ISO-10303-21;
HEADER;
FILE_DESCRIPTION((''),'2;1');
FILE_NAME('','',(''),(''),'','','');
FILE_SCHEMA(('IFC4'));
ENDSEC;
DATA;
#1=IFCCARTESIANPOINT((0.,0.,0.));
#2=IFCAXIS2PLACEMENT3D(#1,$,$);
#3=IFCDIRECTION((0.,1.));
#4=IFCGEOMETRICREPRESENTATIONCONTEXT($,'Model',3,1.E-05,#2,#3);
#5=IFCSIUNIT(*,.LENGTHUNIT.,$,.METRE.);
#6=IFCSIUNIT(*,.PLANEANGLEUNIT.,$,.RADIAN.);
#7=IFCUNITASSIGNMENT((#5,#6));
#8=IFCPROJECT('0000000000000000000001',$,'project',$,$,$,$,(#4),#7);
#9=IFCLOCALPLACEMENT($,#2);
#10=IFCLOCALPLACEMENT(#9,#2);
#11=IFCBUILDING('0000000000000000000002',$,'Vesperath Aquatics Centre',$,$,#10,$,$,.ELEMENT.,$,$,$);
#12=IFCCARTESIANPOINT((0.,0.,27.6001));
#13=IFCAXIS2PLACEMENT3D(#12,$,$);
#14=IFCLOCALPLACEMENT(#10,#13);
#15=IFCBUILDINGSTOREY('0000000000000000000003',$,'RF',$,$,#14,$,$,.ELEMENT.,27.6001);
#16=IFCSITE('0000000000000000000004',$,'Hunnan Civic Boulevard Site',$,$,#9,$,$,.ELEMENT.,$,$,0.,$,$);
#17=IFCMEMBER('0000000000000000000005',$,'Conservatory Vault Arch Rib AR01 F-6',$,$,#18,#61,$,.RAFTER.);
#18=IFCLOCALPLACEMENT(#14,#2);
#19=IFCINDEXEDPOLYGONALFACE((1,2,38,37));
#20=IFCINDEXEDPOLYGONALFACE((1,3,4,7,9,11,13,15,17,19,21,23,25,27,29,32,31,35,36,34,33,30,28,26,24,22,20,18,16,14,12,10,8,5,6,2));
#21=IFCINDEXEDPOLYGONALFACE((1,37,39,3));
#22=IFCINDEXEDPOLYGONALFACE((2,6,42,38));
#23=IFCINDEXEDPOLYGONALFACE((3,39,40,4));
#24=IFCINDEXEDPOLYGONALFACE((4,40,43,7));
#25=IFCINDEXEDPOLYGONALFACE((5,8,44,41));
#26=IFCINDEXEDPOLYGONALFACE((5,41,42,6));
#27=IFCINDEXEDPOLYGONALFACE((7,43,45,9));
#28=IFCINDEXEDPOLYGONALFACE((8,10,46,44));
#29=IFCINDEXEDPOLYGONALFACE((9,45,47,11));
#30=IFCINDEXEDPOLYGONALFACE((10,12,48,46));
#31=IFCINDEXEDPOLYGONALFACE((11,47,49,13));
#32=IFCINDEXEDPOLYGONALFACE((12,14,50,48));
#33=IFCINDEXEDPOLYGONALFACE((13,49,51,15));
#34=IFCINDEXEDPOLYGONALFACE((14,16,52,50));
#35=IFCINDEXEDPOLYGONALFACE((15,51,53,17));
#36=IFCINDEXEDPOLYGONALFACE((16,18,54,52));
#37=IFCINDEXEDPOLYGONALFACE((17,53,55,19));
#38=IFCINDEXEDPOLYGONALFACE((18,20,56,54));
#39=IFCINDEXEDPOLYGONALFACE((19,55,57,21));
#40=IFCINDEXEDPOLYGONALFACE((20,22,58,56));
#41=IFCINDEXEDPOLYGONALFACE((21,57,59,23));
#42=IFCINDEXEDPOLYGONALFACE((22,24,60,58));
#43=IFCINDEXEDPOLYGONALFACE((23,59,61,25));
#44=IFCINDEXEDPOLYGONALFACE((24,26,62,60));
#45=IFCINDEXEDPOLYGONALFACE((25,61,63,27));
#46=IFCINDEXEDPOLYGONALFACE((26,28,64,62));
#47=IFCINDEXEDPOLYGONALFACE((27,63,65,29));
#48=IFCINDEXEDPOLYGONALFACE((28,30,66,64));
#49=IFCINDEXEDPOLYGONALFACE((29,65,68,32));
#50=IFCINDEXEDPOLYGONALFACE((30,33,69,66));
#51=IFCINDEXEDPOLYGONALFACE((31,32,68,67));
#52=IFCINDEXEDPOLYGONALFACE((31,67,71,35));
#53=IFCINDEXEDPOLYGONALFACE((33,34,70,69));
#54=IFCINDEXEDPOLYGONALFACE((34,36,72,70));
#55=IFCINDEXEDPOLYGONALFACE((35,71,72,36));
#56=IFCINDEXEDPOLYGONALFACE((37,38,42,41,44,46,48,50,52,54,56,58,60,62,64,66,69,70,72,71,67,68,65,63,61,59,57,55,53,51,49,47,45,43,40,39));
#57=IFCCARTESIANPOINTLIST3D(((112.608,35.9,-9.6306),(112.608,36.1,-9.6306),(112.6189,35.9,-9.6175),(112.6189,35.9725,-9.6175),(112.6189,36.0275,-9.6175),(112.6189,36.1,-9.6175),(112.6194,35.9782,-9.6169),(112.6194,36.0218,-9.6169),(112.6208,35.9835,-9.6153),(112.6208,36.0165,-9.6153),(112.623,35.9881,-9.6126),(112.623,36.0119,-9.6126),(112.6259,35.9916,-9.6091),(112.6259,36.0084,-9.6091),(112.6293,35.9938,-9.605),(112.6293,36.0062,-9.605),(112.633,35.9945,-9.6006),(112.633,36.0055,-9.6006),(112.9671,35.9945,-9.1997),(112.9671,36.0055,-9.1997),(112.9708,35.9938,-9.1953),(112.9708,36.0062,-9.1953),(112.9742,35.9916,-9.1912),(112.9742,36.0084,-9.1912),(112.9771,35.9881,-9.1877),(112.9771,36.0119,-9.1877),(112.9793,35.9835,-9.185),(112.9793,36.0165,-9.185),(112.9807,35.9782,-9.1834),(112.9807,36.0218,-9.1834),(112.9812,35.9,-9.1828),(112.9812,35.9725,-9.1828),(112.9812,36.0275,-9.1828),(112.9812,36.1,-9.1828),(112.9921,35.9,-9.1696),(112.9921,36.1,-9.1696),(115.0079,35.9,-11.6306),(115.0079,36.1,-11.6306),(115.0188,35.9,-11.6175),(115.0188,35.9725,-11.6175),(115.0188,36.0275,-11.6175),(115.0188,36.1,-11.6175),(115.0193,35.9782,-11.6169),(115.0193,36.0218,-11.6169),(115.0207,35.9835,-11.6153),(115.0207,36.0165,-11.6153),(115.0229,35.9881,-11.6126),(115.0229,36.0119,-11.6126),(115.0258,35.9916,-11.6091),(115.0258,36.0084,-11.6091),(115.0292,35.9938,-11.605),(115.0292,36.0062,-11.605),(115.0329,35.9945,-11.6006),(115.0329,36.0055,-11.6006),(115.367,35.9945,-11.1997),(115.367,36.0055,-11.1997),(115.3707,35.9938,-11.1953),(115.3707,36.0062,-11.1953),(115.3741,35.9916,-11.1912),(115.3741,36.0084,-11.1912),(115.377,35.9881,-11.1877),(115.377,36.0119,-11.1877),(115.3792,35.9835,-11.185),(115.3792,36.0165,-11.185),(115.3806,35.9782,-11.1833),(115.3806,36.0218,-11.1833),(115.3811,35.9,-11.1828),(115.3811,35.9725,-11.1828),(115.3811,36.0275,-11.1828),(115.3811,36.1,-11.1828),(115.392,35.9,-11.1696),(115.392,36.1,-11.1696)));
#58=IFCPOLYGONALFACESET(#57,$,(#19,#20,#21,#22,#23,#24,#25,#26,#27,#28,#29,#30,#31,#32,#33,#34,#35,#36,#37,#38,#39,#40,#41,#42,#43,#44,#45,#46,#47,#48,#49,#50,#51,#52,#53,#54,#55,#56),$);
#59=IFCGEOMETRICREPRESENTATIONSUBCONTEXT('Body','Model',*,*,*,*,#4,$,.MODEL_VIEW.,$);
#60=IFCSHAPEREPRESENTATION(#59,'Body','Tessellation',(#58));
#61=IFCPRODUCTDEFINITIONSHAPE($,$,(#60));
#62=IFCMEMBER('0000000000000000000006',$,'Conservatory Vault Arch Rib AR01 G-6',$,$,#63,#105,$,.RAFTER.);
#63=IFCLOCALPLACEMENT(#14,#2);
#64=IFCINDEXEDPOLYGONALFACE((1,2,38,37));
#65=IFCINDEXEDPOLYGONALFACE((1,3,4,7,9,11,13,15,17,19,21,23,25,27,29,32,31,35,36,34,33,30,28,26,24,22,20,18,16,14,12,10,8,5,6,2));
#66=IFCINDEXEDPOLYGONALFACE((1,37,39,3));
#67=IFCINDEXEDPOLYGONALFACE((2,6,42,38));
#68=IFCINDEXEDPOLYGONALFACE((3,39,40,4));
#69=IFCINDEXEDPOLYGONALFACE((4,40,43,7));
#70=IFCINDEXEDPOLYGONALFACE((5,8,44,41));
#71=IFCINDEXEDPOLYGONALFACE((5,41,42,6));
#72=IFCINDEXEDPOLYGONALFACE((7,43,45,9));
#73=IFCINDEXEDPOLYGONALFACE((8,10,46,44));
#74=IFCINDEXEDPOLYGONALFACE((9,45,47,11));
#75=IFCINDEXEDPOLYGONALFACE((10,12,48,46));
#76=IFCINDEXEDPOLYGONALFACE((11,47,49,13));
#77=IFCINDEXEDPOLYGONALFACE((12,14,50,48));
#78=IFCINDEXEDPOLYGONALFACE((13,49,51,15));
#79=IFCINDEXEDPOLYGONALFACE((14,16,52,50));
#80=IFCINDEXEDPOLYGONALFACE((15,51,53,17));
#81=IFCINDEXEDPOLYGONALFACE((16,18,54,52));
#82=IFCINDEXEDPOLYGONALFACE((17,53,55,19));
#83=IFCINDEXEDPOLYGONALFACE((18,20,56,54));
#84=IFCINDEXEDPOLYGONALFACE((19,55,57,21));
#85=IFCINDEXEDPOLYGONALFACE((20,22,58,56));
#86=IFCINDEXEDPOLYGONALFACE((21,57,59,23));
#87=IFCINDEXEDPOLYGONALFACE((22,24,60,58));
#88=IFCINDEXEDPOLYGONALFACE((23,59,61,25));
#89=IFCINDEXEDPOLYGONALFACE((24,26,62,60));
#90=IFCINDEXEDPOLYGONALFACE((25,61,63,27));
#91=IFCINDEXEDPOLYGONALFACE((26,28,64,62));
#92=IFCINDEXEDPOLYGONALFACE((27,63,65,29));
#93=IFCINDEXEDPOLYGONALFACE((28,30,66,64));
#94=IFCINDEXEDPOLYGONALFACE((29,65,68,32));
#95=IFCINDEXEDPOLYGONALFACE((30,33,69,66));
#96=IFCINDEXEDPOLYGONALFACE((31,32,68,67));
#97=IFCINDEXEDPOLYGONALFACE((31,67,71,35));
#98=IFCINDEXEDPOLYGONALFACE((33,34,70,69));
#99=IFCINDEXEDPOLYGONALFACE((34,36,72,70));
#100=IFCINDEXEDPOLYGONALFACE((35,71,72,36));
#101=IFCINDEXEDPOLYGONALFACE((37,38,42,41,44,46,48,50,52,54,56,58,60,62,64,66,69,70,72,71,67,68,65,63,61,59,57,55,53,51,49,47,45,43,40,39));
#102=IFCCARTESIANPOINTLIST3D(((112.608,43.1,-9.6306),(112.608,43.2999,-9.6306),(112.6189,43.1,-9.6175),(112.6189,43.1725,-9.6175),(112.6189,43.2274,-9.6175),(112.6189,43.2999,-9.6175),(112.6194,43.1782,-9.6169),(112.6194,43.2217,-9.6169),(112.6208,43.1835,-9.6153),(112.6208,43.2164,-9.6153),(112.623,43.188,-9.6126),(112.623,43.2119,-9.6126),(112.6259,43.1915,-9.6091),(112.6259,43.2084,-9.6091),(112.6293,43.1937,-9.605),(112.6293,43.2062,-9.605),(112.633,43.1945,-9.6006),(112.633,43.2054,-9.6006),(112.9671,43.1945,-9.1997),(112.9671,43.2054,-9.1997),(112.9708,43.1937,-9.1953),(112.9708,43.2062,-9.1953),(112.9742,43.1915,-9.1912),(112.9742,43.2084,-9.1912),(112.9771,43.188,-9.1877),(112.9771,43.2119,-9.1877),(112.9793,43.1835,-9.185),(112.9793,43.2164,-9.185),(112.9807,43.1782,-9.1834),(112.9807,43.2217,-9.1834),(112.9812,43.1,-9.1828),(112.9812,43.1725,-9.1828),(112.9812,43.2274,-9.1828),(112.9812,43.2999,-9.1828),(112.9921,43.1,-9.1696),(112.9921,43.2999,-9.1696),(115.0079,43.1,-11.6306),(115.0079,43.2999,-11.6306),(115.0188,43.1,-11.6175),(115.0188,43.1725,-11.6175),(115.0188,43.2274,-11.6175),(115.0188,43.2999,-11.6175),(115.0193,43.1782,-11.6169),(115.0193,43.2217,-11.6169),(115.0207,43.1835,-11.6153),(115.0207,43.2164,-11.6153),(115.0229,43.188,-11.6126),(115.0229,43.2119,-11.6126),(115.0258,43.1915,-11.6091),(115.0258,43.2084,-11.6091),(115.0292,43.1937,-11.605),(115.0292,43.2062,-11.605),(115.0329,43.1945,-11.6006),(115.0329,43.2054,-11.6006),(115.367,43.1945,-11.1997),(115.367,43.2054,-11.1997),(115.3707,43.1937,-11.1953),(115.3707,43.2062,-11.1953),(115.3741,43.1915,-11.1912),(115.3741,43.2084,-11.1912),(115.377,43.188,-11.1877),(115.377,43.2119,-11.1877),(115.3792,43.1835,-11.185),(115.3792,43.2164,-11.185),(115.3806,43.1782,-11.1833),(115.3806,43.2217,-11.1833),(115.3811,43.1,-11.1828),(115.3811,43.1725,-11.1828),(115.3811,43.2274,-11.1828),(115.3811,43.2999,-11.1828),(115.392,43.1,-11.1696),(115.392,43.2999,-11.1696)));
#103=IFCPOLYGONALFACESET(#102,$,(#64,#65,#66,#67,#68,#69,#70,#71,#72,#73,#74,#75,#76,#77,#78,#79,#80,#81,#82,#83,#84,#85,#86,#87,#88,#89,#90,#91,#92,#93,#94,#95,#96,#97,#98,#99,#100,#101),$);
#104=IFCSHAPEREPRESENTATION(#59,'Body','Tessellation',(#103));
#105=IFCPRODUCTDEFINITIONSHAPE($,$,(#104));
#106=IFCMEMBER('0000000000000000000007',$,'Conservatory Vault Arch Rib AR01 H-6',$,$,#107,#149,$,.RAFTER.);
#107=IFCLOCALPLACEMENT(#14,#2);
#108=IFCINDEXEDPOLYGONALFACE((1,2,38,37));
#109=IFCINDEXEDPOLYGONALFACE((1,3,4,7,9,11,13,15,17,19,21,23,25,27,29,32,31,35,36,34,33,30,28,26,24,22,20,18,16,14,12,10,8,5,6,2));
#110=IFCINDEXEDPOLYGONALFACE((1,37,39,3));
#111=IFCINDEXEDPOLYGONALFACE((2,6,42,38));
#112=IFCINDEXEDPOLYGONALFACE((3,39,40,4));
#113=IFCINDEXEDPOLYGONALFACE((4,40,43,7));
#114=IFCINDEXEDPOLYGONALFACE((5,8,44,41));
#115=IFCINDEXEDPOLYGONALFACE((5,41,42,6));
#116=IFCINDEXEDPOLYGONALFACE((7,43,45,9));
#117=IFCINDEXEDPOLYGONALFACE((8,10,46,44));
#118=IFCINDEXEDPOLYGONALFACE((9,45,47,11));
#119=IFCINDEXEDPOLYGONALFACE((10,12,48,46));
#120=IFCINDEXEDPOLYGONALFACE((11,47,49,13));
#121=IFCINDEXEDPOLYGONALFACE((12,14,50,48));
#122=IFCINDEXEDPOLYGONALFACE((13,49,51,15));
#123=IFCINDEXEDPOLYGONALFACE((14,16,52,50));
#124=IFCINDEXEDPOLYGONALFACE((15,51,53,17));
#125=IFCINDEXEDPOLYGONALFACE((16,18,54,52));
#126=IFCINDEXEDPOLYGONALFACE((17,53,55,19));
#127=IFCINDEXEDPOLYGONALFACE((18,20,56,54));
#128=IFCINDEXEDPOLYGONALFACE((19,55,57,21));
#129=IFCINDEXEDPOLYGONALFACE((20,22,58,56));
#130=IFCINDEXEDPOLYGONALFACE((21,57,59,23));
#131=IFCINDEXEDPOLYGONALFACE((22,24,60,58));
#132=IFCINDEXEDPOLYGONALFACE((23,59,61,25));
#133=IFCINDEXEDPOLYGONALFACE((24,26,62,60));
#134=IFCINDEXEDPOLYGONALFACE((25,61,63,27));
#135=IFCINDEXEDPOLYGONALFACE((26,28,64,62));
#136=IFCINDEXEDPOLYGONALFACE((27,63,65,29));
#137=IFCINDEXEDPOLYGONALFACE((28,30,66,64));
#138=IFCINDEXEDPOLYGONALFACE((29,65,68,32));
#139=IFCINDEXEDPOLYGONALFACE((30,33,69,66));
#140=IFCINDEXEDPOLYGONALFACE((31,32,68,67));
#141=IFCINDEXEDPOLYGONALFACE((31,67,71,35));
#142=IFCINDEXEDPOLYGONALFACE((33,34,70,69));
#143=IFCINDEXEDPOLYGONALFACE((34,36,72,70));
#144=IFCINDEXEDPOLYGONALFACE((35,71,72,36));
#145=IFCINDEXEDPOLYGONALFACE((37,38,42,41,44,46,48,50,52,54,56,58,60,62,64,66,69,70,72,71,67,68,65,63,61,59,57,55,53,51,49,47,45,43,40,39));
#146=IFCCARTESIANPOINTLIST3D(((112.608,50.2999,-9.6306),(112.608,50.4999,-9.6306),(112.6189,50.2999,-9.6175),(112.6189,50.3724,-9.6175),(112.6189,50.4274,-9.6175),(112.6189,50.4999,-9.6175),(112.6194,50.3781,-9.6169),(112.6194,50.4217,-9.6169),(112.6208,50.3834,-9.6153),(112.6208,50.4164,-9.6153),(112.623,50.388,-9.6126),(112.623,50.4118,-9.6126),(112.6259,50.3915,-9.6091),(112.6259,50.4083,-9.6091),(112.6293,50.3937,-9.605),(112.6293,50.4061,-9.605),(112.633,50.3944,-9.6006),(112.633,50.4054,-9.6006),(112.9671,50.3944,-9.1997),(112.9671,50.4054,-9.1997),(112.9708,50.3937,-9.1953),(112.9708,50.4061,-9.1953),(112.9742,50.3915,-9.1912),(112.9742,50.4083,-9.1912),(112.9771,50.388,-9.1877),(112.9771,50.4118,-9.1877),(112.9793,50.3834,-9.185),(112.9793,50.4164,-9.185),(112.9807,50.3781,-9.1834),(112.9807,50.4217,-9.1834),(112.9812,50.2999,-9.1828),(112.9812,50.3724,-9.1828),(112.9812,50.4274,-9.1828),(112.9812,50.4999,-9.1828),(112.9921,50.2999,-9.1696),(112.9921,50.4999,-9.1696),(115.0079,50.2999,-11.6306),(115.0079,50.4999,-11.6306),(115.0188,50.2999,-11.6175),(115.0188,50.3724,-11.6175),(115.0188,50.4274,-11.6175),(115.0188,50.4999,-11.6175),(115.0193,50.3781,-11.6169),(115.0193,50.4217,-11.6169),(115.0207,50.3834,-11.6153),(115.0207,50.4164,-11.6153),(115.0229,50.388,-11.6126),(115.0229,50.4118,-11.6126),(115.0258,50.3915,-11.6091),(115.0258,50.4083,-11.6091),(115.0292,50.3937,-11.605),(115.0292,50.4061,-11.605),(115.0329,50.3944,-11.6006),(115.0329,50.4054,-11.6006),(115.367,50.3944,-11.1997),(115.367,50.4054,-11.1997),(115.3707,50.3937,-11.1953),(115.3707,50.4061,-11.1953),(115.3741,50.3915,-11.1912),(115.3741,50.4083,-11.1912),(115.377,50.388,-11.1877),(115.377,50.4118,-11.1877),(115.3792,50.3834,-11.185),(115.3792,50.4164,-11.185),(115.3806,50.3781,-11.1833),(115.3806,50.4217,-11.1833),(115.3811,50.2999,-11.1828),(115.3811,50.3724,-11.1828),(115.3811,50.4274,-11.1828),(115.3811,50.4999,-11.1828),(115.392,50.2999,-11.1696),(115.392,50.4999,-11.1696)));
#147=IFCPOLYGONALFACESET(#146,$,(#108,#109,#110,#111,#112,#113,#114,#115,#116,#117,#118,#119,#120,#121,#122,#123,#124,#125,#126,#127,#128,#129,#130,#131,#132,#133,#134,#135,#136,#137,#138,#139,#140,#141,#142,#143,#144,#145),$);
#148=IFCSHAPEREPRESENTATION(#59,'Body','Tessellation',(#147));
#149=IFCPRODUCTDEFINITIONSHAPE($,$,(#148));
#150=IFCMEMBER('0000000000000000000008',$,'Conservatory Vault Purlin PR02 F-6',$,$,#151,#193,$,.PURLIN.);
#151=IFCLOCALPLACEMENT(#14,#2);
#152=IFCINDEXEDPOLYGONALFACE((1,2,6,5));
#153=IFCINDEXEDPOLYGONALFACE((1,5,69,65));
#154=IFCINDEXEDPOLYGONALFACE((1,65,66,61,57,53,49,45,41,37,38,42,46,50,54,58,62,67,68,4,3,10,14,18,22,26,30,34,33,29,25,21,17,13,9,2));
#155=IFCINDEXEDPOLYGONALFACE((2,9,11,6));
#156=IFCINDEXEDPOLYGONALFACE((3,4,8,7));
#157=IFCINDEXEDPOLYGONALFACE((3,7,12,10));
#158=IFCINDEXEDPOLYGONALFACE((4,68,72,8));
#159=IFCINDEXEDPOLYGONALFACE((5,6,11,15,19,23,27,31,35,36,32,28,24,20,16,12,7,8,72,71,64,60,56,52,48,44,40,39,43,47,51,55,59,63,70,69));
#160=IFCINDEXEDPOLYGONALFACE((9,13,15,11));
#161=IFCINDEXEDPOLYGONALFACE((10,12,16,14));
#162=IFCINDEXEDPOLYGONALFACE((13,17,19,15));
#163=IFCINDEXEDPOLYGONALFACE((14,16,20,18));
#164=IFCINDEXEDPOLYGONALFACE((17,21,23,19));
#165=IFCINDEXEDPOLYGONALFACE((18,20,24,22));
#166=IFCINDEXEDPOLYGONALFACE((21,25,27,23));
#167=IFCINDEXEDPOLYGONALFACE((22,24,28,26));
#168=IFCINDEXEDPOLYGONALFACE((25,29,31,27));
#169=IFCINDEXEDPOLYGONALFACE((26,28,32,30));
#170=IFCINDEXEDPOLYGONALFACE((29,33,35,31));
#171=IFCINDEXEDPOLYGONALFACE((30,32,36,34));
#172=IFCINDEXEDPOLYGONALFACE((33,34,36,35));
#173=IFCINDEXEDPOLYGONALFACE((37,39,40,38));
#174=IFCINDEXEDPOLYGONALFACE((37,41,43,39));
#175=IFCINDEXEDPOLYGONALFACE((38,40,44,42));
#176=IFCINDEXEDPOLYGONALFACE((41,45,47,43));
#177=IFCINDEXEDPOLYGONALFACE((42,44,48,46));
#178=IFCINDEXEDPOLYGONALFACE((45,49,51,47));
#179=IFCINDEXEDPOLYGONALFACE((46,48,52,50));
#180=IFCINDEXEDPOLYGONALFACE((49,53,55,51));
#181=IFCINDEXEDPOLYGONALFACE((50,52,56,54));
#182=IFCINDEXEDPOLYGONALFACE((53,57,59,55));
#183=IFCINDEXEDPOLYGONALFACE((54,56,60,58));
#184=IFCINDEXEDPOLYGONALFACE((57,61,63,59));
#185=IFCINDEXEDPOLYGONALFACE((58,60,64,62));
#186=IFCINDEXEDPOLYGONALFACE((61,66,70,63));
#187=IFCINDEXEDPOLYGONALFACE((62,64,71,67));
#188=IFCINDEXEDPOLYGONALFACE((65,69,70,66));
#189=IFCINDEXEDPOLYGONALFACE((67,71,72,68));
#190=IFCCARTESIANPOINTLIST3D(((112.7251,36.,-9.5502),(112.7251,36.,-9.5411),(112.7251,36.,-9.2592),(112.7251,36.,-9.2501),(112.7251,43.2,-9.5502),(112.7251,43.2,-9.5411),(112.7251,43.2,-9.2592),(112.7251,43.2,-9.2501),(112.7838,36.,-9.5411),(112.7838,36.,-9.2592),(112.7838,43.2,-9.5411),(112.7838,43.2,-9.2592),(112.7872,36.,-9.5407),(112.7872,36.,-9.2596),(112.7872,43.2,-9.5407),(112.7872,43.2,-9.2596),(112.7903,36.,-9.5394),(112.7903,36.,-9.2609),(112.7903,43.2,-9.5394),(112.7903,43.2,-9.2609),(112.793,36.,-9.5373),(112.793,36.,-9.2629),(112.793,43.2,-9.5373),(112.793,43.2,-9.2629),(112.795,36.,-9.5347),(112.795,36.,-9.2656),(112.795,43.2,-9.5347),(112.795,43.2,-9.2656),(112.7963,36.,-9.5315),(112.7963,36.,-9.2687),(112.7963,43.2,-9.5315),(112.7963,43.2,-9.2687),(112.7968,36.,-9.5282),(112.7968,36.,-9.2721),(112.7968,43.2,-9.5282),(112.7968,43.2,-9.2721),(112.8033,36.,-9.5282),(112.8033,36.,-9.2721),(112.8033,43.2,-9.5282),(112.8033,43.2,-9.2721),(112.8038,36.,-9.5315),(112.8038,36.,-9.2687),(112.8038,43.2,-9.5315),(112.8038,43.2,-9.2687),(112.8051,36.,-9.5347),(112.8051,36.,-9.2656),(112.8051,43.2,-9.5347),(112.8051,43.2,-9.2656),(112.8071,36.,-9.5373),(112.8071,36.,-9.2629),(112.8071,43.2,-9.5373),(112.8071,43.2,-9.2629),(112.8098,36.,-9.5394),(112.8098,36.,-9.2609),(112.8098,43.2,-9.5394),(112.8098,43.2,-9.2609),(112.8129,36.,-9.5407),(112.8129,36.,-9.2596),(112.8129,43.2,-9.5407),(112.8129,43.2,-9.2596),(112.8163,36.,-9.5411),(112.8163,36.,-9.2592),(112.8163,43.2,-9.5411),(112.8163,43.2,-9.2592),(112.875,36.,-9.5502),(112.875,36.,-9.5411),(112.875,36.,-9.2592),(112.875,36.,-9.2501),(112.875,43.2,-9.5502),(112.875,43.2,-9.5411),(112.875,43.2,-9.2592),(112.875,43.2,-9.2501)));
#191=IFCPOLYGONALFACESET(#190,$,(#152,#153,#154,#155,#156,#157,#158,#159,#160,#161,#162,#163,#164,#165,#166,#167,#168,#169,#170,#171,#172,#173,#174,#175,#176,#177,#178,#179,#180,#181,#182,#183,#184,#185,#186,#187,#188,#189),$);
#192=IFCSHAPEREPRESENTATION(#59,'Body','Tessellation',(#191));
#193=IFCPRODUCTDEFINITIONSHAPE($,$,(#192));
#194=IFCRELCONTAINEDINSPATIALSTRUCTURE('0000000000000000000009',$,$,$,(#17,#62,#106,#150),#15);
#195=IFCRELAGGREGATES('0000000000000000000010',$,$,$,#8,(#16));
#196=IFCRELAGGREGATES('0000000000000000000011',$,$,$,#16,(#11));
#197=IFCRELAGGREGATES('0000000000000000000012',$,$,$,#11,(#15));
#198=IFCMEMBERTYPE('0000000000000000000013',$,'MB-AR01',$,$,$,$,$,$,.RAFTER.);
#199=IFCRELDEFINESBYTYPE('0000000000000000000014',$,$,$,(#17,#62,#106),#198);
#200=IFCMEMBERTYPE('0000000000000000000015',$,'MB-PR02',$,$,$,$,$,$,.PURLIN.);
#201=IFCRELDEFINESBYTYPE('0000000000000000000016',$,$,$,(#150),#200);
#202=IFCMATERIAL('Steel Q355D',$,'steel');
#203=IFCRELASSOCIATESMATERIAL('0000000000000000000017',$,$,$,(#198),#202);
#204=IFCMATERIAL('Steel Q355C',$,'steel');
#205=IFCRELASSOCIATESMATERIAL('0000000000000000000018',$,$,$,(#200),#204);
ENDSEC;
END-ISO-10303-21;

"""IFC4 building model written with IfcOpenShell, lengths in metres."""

from ifc_helpers import new_model, si_unit, direction, frame, origin, origin_2d, place, context, subcontext, project, spatial, i_section, extrude, material, material_profile, profile_set, type_object, element, save


model = new_model("IFC4")

# Units and contexts
model_context = context("Model", 3, precision=1e-05, world=origin(), true_north=direction((0.0, 1.0)))
body_context = subcontext(model_context, "Body", "Model", "MODEL_VIEW")
ifc_project = project(units=[si_unit("LENGTHUNIT", "METRE"), si_unit("PLANEANGLEUNIT", "RADIAN")], contexts=[model_context])

# Site, building, storey
site_placement = place(None, origin())
site = spatial("IfcSite", under=ifc_project, at=site_placement, Name="Hunnan Civic Boulevard Site", CompositionType="ELEMENT", RefElevation=0.0)
building_placement = place(site_placement, origin())
building = spatial("IfcBuilding", under=site, at=building_placement, Name="Vesperath Aquatics Centre", CompositionType="ELEMENT")
storey_placement = place(building_placement, frame((0.0, 0.0, 27.6001)))
storey = spatial("IfcBuildingStorey", under=building, at=storey_placement, Name="RF", CompositionType="ELEMENT", Elevation=27.6001)

# Members
ifc_material_1 = material(Name="Steel Q355D", Category="steel")
ifc_material_profile_1 = material_profile(ifc_material_1, i_section(OverallWidth=0.2, OverallDepth=0.6001, WebThickness=0.011, FlangeThickness=0.0171, FilletRadius=0.022, at=origin_2d()), Name="HN 600x200x11x17")
ifc_profile_set_1 = profile_set([ifc_material_profile_1], Name="Steel Q355D")
member_type_1 = type_object("IfcMemberType", Name="MB-AR01", PredefinedType="RAFTER", material=ifc_profile_set_1)
for number, where, z_axis, x_axis, name in (
    (1, (112.8, 36.0, -9.4001), (0.768208, 0.0, -0.6402), (0.0, 1.0, 0.0), "Conservatory Vault Arch Rib AR01 F-6"),
    (2, (112.8, 43.2, -9.4001), (0.768208, 0.0, -0.6402), (0.0, 1.0, 0.0), "Conservatory Vault Arch Rib AR01 G-6"),
    (3, (112.8, 50.3999, -9.4001), (0.768208, 0.0, -0.6402), (0.0, 1.0, 0.0), "Conservatory Vault Arch Rib AR01 H-6"),
):
    element("IfcMember", number, at=place(storey_placement, frame(where, z_axis=z_axis, x_axis=x_axis)), inside=storey, type_object=member_type_1, Name=name, PredefinedType="RAFTER", context=body_context, shape_type="SweptSolid", body=[
        extrude(i_section(OverallWidth=0.2, OverallDepth=0.6001, WebThickness=0.011, FlangeThickness=0.0171, FilletRadius=0.022, at=origin_2d()), origin(), (0.0, 0.0, 1.0), 3.124),
    ])
ifc_material_2 = material(Name="Steel Q355C", Category="steel")
ifc_material_profile_2 = material_profile(ifc_material_2, i_section(OverallWidth=0.1499, OverallDepth=0.3, WebThickness=0.0066, FlangeThickness=0.009, FilletRadius=0.0129, at=origin_2d()), Name="HN 300x150x6.5x9")
ifc_profile_set_2 = profile_set([ifc_material_profile_2], Name="Steel Q355C")
member_type_2 = type_object("IfcMemberType", Name="MB-PR02", PredefinedType="PURLIN", material=ifc_profile_set_2)
for number, where, z_axis, x_axis, name in (
    (4, (112.8, 36.0, -9.4001), (0.0, 1.0, 0.0), (-1.0, 0.0, 0.0), "Conservatory Vault Purlin PR02 F-6"),
):
    element("IfcMember", number, at=place(storey_placement, frame(where, z_axis=z_axis, x_axis=x_axis)), inside=storey, type_object=member_type_2, Name=name, PredefinedType="PURLIN", context=body_context, shape_type="SweptSolid", body=[
        extrude(i_section(OverallWidth=0.1499, OverallDepth=0.3, WebThickness=0.0066, FlangeThickness=0.009, FilletRadius=0.0129, at=origin_2d()), origin(), (0.0, 0.0, 1.0), 7.2),
    ])

save(model, "model.ifc")
